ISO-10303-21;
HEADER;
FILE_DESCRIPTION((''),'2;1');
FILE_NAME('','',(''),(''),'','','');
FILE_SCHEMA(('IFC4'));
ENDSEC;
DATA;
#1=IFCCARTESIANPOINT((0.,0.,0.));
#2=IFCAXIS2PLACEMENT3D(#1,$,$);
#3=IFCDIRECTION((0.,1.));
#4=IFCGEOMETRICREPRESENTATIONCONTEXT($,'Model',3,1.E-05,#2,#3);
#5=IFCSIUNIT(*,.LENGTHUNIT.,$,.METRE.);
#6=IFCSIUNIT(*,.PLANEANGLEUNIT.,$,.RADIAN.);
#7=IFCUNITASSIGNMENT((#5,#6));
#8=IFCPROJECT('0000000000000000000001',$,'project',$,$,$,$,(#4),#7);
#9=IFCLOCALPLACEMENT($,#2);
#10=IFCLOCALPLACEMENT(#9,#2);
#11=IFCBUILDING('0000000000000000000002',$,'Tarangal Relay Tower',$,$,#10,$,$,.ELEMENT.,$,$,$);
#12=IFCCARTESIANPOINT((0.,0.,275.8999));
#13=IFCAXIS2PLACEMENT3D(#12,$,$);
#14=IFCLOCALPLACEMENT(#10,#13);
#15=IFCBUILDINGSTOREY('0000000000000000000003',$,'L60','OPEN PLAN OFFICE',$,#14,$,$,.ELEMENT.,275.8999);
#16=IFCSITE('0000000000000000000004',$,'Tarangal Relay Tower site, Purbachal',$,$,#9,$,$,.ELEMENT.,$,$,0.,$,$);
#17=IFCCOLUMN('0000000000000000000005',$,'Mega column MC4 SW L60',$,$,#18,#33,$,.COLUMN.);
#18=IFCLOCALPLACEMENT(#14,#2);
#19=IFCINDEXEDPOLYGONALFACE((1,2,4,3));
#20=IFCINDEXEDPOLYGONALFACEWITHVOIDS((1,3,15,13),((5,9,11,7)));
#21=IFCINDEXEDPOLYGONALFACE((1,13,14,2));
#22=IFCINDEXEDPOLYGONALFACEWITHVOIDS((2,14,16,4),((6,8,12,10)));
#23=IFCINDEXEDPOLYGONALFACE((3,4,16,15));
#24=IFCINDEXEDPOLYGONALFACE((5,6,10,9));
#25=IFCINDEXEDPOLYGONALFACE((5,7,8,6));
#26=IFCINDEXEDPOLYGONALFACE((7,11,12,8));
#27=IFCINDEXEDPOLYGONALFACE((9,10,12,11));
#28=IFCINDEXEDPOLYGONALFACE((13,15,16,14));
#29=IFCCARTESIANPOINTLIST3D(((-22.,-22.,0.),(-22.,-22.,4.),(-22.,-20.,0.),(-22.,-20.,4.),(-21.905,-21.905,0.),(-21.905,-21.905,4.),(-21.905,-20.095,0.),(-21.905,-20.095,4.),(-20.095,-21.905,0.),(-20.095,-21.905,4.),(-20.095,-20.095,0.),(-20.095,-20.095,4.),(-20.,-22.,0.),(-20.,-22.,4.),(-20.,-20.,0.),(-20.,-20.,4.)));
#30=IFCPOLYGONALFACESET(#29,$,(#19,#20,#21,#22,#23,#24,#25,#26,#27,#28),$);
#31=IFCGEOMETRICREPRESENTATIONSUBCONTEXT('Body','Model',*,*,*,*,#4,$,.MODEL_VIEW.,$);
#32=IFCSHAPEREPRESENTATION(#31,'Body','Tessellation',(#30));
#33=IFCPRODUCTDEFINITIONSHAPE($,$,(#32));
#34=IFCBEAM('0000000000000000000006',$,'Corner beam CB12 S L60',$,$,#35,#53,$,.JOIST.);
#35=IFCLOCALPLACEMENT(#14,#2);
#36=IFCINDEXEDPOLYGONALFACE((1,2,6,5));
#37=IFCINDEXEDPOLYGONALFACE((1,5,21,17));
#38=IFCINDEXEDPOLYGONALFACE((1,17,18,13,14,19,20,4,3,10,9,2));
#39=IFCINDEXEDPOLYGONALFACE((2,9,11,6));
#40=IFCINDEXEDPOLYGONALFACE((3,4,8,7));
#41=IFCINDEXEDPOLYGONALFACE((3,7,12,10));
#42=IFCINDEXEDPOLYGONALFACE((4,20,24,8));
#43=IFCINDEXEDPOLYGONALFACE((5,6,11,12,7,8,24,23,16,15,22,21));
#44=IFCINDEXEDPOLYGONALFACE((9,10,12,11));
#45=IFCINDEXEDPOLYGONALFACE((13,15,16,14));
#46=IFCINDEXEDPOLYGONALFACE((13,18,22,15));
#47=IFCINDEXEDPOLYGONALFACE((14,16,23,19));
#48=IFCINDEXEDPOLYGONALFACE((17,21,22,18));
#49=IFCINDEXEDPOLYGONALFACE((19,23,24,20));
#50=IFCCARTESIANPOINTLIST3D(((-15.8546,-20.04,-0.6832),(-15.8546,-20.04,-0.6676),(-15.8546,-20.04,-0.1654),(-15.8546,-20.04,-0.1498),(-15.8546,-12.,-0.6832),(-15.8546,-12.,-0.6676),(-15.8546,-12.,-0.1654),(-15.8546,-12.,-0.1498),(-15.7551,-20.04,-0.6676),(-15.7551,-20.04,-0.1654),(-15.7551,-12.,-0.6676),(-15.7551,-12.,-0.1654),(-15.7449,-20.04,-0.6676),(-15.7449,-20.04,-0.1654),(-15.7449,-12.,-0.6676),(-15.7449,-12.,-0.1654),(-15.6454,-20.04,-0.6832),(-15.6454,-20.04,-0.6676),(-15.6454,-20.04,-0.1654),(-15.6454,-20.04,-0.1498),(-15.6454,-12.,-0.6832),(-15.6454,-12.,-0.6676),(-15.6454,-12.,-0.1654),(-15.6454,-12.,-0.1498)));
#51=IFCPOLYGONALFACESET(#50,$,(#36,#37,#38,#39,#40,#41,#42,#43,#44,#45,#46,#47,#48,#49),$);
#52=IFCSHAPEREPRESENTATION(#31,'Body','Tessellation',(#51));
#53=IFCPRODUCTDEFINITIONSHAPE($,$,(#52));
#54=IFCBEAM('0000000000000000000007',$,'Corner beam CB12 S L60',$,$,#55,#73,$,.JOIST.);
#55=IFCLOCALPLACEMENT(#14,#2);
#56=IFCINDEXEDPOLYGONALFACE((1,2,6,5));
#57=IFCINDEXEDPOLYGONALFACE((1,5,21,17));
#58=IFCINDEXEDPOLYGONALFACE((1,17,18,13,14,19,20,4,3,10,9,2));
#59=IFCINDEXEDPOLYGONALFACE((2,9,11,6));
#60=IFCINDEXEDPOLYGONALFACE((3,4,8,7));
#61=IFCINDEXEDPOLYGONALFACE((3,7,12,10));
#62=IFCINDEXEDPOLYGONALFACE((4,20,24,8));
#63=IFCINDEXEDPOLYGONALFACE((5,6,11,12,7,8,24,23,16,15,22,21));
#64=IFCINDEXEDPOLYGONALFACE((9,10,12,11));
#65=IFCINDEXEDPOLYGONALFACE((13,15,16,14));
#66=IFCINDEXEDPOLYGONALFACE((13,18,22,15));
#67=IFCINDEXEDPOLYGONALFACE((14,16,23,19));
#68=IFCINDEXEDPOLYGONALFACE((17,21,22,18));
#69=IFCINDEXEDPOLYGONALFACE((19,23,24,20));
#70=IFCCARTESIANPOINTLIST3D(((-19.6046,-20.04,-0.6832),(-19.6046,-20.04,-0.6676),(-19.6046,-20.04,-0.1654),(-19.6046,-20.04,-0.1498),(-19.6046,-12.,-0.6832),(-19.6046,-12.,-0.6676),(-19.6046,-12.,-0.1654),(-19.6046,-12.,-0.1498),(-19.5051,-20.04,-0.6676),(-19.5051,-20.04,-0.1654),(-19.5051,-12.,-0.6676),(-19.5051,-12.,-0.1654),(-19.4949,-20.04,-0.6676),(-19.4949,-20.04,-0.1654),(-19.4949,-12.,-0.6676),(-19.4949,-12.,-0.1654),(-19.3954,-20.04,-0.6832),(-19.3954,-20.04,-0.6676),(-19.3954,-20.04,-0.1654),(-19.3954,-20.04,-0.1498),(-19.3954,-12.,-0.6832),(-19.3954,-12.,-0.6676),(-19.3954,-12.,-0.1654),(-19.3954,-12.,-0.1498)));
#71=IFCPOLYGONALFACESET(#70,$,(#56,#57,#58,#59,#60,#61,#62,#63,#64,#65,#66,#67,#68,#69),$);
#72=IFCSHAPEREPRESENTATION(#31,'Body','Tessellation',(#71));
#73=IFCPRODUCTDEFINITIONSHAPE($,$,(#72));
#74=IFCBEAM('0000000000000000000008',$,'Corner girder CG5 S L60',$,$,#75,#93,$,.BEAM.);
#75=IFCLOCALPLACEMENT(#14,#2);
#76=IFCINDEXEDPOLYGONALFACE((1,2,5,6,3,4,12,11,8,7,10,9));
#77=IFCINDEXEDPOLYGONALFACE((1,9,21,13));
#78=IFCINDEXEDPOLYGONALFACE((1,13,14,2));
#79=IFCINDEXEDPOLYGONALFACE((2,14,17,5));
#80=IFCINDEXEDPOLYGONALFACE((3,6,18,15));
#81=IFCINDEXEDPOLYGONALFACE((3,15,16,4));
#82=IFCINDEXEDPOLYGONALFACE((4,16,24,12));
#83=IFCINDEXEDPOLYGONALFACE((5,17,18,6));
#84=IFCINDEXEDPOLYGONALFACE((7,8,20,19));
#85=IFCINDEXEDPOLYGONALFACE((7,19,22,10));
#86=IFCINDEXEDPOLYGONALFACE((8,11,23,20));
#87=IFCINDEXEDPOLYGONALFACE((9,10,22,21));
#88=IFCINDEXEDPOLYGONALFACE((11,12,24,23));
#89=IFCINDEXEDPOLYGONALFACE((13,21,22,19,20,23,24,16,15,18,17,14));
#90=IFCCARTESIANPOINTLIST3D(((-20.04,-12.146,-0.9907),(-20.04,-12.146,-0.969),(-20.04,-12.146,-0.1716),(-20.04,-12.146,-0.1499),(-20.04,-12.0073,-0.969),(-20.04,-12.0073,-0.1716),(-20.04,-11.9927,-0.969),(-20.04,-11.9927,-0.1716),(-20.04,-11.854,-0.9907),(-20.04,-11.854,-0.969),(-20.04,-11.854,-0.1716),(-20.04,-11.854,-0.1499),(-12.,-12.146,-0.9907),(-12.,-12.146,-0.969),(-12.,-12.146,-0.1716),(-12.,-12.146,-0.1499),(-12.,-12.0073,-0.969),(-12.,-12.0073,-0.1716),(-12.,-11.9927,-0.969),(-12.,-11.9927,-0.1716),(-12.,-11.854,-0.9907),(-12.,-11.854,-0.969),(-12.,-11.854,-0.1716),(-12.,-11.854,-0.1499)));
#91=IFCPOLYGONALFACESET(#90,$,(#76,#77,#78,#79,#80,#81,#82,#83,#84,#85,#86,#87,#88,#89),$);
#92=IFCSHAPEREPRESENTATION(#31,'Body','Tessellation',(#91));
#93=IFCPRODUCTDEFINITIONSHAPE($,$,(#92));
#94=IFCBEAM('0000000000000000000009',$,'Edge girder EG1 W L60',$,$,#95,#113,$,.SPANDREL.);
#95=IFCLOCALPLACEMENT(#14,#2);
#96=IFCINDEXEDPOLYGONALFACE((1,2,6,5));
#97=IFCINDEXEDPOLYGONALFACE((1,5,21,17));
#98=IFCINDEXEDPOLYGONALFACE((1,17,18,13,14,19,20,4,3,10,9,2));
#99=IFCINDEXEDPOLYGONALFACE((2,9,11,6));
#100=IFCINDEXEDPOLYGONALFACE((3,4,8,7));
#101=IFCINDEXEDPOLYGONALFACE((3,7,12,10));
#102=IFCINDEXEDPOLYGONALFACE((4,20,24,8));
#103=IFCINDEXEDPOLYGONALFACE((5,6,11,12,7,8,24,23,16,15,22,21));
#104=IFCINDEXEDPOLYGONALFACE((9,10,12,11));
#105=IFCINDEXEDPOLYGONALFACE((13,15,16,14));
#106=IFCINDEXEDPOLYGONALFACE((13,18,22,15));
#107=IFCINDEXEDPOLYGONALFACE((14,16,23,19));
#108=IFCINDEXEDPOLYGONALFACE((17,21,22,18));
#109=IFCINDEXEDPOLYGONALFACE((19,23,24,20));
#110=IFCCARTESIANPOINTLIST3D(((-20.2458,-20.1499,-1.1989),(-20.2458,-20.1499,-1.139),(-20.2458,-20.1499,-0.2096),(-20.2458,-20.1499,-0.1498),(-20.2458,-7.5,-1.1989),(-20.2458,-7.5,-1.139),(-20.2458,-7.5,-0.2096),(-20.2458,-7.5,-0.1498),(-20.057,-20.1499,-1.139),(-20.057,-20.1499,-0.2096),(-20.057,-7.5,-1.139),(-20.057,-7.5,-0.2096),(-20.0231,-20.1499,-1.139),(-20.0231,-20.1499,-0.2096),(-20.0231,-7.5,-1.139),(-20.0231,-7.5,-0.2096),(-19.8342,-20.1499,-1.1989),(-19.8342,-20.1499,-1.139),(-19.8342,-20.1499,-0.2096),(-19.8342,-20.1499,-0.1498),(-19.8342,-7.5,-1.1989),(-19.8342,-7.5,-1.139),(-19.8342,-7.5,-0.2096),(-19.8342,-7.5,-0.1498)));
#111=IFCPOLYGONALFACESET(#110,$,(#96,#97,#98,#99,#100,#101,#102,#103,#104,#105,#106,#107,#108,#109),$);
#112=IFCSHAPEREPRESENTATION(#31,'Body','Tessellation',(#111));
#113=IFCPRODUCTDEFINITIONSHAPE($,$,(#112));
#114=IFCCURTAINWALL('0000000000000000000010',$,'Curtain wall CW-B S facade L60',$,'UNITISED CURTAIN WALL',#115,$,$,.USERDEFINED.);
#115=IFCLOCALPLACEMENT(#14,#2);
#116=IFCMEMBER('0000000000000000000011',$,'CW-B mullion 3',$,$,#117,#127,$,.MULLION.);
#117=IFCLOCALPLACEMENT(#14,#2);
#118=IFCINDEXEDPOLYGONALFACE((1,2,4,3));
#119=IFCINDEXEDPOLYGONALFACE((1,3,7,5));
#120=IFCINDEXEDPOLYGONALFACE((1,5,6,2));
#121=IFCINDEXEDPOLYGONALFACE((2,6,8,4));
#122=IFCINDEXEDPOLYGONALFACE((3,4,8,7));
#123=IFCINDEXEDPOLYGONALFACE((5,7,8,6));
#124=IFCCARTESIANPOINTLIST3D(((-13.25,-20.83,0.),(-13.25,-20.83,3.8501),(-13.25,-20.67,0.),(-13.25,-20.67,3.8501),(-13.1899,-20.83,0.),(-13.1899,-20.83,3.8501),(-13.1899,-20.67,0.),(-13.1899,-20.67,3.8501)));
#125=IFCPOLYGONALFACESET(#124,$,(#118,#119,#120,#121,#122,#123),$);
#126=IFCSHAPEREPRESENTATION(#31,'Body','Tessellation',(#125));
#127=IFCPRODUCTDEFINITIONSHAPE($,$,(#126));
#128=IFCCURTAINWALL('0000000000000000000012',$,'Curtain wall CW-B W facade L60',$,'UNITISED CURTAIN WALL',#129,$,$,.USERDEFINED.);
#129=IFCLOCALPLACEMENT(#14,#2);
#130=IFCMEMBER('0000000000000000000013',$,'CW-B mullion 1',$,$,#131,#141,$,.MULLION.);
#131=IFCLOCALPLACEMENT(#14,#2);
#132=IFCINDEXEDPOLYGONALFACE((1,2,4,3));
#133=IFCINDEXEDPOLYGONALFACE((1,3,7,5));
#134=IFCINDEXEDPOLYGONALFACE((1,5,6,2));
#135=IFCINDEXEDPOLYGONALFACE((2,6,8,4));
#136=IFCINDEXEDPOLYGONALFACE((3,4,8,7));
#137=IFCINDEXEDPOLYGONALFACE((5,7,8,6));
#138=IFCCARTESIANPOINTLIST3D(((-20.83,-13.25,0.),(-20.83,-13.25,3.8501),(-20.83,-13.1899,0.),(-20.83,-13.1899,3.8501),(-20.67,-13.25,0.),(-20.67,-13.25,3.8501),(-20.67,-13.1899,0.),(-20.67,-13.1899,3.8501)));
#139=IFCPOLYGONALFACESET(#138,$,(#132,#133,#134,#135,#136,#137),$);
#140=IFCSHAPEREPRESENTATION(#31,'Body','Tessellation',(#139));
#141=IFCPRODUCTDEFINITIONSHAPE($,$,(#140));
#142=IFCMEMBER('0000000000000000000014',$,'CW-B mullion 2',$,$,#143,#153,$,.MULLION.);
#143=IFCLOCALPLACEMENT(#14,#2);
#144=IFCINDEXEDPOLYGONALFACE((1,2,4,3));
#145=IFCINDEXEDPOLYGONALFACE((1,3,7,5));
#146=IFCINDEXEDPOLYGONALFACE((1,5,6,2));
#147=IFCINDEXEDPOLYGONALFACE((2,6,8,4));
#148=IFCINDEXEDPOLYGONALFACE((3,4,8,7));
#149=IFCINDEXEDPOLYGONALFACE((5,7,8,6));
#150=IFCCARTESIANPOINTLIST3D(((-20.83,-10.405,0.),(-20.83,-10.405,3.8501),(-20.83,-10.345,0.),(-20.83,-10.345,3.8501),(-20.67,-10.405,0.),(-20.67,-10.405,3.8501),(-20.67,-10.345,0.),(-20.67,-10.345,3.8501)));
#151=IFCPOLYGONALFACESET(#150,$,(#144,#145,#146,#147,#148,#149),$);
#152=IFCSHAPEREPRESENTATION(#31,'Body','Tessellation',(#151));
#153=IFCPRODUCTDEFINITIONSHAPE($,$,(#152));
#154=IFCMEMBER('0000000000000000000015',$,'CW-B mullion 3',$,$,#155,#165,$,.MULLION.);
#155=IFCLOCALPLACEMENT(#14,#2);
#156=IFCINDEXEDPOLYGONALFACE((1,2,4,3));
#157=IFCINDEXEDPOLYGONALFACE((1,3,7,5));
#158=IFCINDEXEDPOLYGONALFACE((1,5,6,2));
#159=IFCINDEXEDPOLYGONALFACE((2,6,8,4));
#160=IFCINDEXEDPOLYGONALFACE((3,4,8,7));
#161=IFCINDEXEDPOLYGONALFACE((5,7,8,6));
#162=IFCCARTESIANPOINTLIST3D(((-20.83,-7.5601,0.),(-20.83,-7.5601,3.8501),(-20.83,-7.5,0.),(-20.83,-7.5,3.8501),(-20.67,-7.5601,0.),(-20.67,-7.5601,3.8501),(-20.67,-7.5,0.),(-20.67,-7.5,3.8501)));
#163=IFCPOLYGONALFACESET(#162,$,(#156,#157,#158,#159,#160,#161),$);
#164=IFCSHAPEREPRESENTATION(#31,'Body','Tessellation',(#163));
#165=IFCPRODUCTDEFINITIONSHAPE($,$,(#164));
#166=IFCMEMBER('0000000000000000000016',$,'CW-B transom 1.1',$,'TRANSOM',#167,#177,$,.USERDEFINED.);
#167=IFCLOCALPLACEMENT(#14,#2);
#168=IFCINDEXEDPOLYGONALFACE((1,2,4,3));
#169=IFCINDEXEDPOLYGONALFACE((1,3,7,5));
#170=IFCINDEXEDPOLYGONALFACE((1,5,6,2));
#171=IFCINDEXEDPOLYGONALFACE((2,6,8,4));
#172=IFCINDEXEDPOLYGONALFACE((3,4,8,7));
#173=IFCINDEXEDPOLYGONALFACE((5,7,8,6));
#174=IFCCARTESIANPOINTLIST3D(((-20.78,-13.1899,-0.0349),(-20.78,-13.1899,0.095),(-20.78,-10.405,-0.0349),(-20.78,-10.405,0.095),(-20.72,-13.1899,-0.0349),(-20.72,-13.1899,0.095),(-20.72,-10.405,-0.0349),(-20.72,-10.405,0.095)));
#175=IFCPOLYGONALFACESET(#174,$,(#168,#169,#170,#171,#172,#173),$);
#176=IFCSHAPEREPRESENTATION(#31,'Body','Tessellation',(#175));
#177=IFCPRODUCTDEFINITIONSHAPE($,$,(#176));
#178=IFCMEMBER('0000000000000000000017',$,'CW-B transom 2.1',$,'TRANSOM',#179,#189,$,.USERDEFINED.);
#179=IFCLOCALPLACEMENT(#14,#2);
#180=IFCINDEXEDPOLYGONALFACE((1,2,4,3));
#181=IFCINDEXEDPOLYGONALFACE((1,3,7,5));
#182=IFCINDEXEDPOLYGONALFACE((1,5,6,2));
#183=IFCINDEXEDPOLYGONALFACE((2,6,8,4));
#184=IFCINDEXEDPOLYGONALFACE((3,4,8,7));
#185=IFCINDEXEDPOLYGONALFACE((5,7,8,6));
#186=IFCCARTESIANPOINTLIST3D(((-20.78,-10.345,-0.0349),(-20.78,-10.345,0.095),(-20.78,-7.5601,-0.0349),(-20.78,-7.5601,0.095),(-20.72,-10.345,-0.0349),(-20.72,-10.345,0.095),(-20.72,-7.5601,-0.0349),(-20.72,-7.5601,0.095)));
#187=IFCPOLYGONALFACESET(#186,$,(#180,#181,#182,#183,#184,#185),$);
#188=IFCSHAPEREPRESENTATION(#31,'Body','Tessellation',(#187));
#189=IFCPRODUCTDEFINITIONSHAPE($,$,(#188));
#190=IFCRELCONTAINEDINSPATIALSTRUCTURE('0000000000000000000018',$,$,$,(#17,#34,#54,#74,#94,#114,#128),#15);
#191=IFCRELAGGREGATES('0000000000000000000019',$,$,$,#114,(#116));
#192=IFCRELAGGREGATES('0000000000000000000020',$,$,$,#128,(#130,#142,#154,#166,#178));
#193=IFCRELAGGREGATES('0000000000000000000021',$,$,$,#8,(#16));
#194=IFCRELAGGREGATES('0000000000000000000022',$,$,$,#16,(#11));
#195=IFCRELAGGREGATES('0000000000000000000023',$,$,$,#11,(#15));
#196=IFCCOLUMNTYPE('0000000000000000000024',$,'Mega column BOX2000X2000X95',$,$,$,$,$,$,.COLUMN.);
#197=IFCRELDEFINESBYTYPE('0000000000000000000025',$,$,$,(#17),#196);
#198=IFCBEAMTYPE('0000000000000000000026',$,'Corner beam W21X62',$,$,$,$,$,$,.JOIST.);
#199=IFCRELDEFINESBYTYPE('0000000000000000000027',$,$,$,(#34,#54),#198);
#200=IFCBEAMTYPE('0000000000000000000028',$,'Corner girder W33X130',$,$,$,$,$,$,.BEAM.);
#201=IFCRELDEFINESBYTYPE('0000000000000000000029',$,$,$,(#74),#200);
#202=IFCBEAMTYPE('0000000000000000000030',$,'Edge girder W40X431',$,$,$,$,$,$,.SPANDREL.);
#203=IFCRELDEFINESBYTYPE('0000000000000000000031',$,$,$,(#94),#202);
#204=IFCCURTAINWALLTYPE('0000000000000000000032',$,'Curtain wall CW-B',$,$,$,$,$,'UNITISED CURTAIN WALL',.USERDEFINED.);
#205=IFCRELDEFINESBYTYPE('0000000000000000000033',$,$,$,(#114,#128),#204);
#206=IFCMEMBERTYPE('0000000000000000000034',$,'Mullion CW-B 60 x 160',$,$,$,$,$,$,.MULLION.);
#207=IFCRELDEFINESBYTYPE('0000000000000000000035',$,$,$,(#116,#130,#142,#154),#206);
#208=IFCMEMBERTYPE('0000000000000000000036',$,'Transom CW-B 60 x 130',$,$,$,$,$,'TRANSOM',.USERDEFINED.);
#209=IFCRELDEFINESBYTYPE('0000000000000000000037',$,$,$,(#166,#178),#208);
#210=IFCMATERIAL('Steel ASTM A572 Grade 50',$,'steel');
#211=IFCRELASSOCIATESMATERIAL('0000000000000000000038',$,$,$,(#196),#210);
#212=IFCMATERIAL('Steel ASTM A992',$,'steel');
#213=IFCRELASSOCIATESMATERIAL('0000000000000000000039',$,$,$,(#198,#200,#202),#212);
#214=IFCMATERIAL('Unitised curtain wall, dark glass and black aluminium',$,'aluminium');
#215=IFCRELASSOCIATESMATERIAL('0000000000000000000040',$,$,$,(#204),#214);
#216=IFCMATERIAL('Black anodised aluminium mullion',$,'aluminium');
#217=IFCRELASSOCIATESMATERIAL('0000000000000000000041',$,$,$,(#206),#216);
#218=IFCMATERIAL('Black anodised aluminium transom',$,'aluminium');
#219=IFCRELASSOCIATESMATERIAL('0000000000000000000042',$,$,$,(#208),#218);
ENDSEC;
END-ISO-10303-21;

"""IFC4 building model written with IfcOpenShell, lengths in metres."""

from ifc_helpers import new_model, si_unit, direction, frame, origin, origin_2d, place, context, subcontext, project, spatial, rectangle, hollow_rectangle, i_section, extrude, material, material_profile, profile_set, type_object, element, aggregate, save


model = new_model("IFC4")

# Units and contexts
model_context = context("Model", 3, precision=1e-05, world=origin(), true_north=direction((0.0, 1.0)))
body_context = subcontext(model_context, "Body", "Model", "MODEL_VIEW")
ifc_project = project(units=[si_unit("LENGTHUNIT", "METRE"), si_unit("PLANEANGLEUNIT", "RADIAN")], contexts=[model_context])

# Site, building, storey
site_placement = place(None, origin())
site = spatial("IfcSite", under=ifc_project, at=site_placement, Name="Tarangal Relay Tower site, Purbachal", CompositionType="ELEMENT", RefElevation=0.0)
building_placement = place(site_placement, origin())
building = spatial("IfcBuilding", under=site, at=building_placement, Name="Tarangal Relay Tower", CompositionType="ELEMENT")
storey_placement = place(building_placement, frame((0.0, 0.0, 275.8999)))
storey = spatial("IfcBuildingStorey", under=building, at=storey_placement, Name="L60", Description="OPEN PLAN OFFICE", CompositionType="ELEMENT", Elevation=275.8999)

# Column
ifc_material_1 = material(Name="Steel ASTM A572 Grade 50", Category="steel")
ifc_material_profile_1 = material_profile(ifc_material_1, hollow_rectangle(XDim=2.0, YDim=2.0, WallThickness=0.095, at=origin_2d()), Name="BOX2000X2000X95")
ifc_profile_set_1 = profile_set([ifc_material_profile_1], Name="Steel ASTM A572 Grade 50")
column_type = type_object("IfcColumnType", Name="Mega column BOX2000X2000X95", PredefinedType="COLUMN", material=ifc_profile_set_1)
column_placement = place(storey_placement, frame((-21.0, -21.0, 0.0), z_axis=(0.0, 0.0, 1.0), x_axis=(1.0, 0.0, 0.0)))
element("IfcColumn", 1, at=column_placement, inside=storey, type_object=column_type, Name="Mega column MC4 SW L60", PredefinedType="COLUMN", context=body_context, shape_type="SweptSolid", body=[
    extrude(hollow_rectangle(XDim=2.0, YDim=2.0, WallThickness=0.095, at=origin_2d()), origin(), (0.0, 0.0, 1.0), 4.0),
])

# Beams
ifc_material_2 = material(Name="Steel ASTM A992", Category="steel")
ifc_material_profile_2 = material_profile(ifc_material_2, i_section(OverallWidth=0.2092, OverallDepth=0.5334, WebThickness=0.0103, FlangeThickness=0.0156, at=origin_2d()), Name="W21X62")
ifc_profile_set_2 = profile_set([ifc_material_profile_2], Name="Steel ASTM A992")
beam_type_1 = type_object("IfcBeamType", Name="Corner beam W21X62", PredefinedType="JOIST", material=ifc_profile_set_2)
for number, where, z_axis, x_axis, name in (
    (2, (-15.75, -12.0, -0.4165), (0.0, -1.0, 0.0), (1.0, 0.0, 0.0), "Corner beam CB12 S L60"),
    (3, (-19.5, -12.0, -0.4165), (0.0, -1.0, 0.0), (1.0, 0.0, 0.0), "Corner beam CB12 S L60"),
):
    element("IfcBeam", number, at=place(storey_placement, frame(where, z_axis=z_axis, x_axis=x_axis)), inside=storey, type_object=beam_type_1, Name=name, PredefinedType="JOIST", context=body_context, shape_type="SweptSolid", body=[
        extrude(i_section(OverallWidth=0.2092, OverallDepth=0.5334, WebThickness=0.0103, FlangeThickness=0.0156, at=origin_2d()), origin(), (0.0, 0.0, 1.0), 8.04),
    ])
ifc_material_profile_3 = material_profile(ifc_material_2, i_section(OverallWidth=0.292, OverallDepth=0.8408, WebThickness=0.0146, FlangeThickness=0.0217, at=origin_2d()), Name="W33X130")
ifc_profile_set_3 = profile_set([ifc_material_profile_3], Name="Steel ASTM A992")
beam_type_2 = type_object("IfcBeamType", Name="Corner girder W33X130", PredefinedType="BEAM", material=ifc_profile_set_3)
beam_1_placement = place(storey_placement, frame((-12.0, -12.0, -0.5703), z_axis=(-1.0, 0.0, 0.0), x_axis=(0.0, -1.0, 0.0)))
element("IfcBeam", 4, at=beam_1_placement, inside=storey, type_object=beam_type_2, Name="Corner girder CG5 S L60", PredefinedType="BEAM", context=body_context, shape_type="SweptSolid", body=[
    extrude(i_section(OverallWidth=0.292, OverallDepth=0.8408, WebThickness=0.0146, FlangeThickness=0.0217, at=origin_2d()), origin(), (0.0, 0.0, 1.0), 8.04),
])
ifc_material_profile_4 = material_profile(ifc_material_2, i_section(OverallWidth=0.4116, OverallDepth=1.0491, WebThickness=0.0339, FlangeThickness=0.0598, at=origin_2d()), Name="W40X431")
ifc_profile_set_4 = profile_set([ifc_material_profile_4], Name="Steel ASTM A992")
beam_type_3 = type_object("IfcBeamType", Name="Edge girder W40X431", PredefinedType="SPANDREL", material=ifc_profile_set_4)
beam_2_placement = place(storey_placement, frame((-20.04, -20.1499, -0.6743), z_axis=(0.0, 1.0, 0.0), x_axis=(-1.0, 0.0, 0.0)))
element("IfcBeam", 5, at=beam_2_placement, inside=storey, type_object=beam_type_3, Name="Edge girder EG1 W L60", PredefinedType="SPANDREL", context=body_context, shape_type="SweptSolid", body=[
    extrude(i_section(OverallWidth=0.4116, OverallDepth=1.0491, WebThickness=0.0339, FlangeThickness=0.0598, at=origin_2d()), origin(), (0.0, 0.0, 1.0), 12.6499),
])

# Curtain wall, member
ifc_material_3 = material(Name="Unitised curtain wall, dark glass and black aluminium", Category="aluminium")
curtain_wall_type = type_object("IfcCurtainWallType", Name="Curtain wall CW-B", ElementType="UNITISED CURTAIN WALL", PredefinedType="USERDEFINED", material=ifc_material_3)
curtain_wall_1_placement = place(storey_placement, origin())
curtain_wall_1 = element("IfcCurtainWall", 6, at=curtain_wall_1_placement, inside=storey, type_object=curtain_wall_type, Name="Curtain wall CW-B S facade L60", ObjectType="UNITISED CURTAIN WALL", PredefinedType="USERDEFINED")
ifc_material_4 = material(Name="Black anodised aluminium mullion", Category="aluminium")
ifc_material_profile_5 = material_profile(ifc_material_4, rectangle(XDim=0.1599, YDim=0.0601, at=origin_2d()), Name="CW-BM 60X160")
ifc_profile_set_5 = profile_set([ifc_material_profile_5], Name="Black anodised aluminium mullion")
member_type_1 = type_object("IfcMemberType", Name="Mullion CW-B 60 x 160", PredefinedType="MULLION", material=ifc_profile_set_5)
member_1_placement = place(storey_placement, frame((-13.22, -20.75, 0.0), z_axis=(0.0, 0.0, 1.0), x_axis=(0.0, -1.0, 0.0)))
member_1 = element("IfcMember", 7, at=member_1_placement, type_object=member_type_1, Name="CW-B mullion 3", PredefinedType="MULLION", context=body_context, shape_type="SweptSolid", body=[
    extrude(rectangle(XDim=0.1599, YDim=0.0601, at=origin_2d()), origin(), (0.0, 0.0, 1.0), 3.8501),
])
aggregate(curtain_wall_1, [member_1])

# Curtain wall, members
curtain_wall_2_placement = place(storey_placement, origin())
curtain_wall_2 = element("IfcCurtainWall", 8, at=curtain_wall_2_placement, inside=storey, type_object=curtain_wall_type, Name="Curtain wall CW-B W facade L60", ObjectType="UNITISED CURTAIN WALL", PredefinedType="USERDEFINED")
member_2_placement = place(storey_placement, frame((-20.75, -13.22, 0.0), z_axis=(0.0, 0.0, 1.0), x_axis=(-1.0, 0.0, 0.0)))
member_2 = element("IfcMember", 9, at=member_2_placement, type_object=member_type_1, Name="CW-B mullion 1", PredefinedType="MULLION", context=body_context, shape_type="SweptSolid", body=[
    extrude(rectangle(XDim=0.1599, YDim=0.0601, at=origin_2d()), origin(), (0.0, 0.0, 1.0), 3.8501),
])
member_3_placement = place(storey_placement, frame((-20.75, -10.375, 0.0), z_axis=(0.0, 0.0, 1.0), x_axis=(-1.0, 0.0, 0.0)))
member_3 = element("IfcMember", 10, at=member_3_placement, type_object=member_type_1, Name="CW-B mullion 2", PredefinedType="MULLION", context=body_context, shape_type="SweptSolid", body=[
    extrude(rectangle(XDim=0.1599, YDim=0.0601, at=origin_2d()), origin(), (0.0, 0.0, 1.0), 3.8501),
])
member_4_placement = place(storey_placement, frame((-20.75, -7.53, 0.0), z_axis=(0.0, 0.0, 1.0), x_axis=(-1.0, 0.0, 0.0)))
member_4 = element("IfcMember", 11, at=member_4_placement, type_object=member_type_1, Name="CW-B mullion 3", PredefinedType="MULLION", context=body_context, shape_type="SweptSolid", body=[
    extrude(rectangle(XDim=0.1599, YDim=0.0601, at=origin_2d()), origin(), (0.0, 0.0, 1.0), 3.8501),
])
ifc_material_5 = material(Name="Black anodised aluminium transom", Category="aluminium")
ifc_material_profile_6 = material_profile(ifc_material_5, rectangle(XDim=0.0601, YDim=0.1299, at=origin_2d()), Name="CW-BT 60X130")
ifc_profile_set_6 = profile_set([ifc_material_profile_6], Name="Black anodised aluminium transom")
member_type_2 = type_object("IfcMemberType", Name="Transom CW-B 60 x 130", ElementType="TRANSOM", PredefinedType="USERDEFINED", material=ifc_profile_set_6)
member_5_placement = place(storey_placement, frame((-20.75, -13.1899, 0.03), z_axis=(0.0, 1.0, 0.0), x_axis=(-1.0, 0.0, 0.0)))
member_5 = element("IfcMember", 12, at=member_5_placement, type_object=member_type_2, Name="CW-B transom 1.1", ObjectType="TRANSOM", PredefinedType="USERDEFINED", context=body_context, shape_type="SweptSolid", body=[
    extrude(rectangle(XDim=0.0601, YDim=0.1299, at=origin_2d()), origin(), (0.0, 0.0, 1.0), 2.7849),
])
member_6_placement = place(storey_placement, frame((-20.75, -10.345, 0.03), z_axis=(0.0, 1.0, 0.0), x_axis=(-1.0, 0.0, 0.0)))
member_6 = element("IfcMember", 13, at=member_6_placement, type_object=member_type_2, Name="CW-B transom 2.1", ObjectType="TRANSOM", PredefinedType="USERDEFINED", context=body_context, shape_type="SweptSolid", body=[
    extrude(rectangle(XDim=0.0601, YDim=0.1299, at=origin_2d()), origin(), (0.0, 0.0, 1.0), 2.7849),
])
aggregate(curtain_wall_2, [member_2, member_3, member_4, member_5, member_6])

save(model, "model.ifc")
